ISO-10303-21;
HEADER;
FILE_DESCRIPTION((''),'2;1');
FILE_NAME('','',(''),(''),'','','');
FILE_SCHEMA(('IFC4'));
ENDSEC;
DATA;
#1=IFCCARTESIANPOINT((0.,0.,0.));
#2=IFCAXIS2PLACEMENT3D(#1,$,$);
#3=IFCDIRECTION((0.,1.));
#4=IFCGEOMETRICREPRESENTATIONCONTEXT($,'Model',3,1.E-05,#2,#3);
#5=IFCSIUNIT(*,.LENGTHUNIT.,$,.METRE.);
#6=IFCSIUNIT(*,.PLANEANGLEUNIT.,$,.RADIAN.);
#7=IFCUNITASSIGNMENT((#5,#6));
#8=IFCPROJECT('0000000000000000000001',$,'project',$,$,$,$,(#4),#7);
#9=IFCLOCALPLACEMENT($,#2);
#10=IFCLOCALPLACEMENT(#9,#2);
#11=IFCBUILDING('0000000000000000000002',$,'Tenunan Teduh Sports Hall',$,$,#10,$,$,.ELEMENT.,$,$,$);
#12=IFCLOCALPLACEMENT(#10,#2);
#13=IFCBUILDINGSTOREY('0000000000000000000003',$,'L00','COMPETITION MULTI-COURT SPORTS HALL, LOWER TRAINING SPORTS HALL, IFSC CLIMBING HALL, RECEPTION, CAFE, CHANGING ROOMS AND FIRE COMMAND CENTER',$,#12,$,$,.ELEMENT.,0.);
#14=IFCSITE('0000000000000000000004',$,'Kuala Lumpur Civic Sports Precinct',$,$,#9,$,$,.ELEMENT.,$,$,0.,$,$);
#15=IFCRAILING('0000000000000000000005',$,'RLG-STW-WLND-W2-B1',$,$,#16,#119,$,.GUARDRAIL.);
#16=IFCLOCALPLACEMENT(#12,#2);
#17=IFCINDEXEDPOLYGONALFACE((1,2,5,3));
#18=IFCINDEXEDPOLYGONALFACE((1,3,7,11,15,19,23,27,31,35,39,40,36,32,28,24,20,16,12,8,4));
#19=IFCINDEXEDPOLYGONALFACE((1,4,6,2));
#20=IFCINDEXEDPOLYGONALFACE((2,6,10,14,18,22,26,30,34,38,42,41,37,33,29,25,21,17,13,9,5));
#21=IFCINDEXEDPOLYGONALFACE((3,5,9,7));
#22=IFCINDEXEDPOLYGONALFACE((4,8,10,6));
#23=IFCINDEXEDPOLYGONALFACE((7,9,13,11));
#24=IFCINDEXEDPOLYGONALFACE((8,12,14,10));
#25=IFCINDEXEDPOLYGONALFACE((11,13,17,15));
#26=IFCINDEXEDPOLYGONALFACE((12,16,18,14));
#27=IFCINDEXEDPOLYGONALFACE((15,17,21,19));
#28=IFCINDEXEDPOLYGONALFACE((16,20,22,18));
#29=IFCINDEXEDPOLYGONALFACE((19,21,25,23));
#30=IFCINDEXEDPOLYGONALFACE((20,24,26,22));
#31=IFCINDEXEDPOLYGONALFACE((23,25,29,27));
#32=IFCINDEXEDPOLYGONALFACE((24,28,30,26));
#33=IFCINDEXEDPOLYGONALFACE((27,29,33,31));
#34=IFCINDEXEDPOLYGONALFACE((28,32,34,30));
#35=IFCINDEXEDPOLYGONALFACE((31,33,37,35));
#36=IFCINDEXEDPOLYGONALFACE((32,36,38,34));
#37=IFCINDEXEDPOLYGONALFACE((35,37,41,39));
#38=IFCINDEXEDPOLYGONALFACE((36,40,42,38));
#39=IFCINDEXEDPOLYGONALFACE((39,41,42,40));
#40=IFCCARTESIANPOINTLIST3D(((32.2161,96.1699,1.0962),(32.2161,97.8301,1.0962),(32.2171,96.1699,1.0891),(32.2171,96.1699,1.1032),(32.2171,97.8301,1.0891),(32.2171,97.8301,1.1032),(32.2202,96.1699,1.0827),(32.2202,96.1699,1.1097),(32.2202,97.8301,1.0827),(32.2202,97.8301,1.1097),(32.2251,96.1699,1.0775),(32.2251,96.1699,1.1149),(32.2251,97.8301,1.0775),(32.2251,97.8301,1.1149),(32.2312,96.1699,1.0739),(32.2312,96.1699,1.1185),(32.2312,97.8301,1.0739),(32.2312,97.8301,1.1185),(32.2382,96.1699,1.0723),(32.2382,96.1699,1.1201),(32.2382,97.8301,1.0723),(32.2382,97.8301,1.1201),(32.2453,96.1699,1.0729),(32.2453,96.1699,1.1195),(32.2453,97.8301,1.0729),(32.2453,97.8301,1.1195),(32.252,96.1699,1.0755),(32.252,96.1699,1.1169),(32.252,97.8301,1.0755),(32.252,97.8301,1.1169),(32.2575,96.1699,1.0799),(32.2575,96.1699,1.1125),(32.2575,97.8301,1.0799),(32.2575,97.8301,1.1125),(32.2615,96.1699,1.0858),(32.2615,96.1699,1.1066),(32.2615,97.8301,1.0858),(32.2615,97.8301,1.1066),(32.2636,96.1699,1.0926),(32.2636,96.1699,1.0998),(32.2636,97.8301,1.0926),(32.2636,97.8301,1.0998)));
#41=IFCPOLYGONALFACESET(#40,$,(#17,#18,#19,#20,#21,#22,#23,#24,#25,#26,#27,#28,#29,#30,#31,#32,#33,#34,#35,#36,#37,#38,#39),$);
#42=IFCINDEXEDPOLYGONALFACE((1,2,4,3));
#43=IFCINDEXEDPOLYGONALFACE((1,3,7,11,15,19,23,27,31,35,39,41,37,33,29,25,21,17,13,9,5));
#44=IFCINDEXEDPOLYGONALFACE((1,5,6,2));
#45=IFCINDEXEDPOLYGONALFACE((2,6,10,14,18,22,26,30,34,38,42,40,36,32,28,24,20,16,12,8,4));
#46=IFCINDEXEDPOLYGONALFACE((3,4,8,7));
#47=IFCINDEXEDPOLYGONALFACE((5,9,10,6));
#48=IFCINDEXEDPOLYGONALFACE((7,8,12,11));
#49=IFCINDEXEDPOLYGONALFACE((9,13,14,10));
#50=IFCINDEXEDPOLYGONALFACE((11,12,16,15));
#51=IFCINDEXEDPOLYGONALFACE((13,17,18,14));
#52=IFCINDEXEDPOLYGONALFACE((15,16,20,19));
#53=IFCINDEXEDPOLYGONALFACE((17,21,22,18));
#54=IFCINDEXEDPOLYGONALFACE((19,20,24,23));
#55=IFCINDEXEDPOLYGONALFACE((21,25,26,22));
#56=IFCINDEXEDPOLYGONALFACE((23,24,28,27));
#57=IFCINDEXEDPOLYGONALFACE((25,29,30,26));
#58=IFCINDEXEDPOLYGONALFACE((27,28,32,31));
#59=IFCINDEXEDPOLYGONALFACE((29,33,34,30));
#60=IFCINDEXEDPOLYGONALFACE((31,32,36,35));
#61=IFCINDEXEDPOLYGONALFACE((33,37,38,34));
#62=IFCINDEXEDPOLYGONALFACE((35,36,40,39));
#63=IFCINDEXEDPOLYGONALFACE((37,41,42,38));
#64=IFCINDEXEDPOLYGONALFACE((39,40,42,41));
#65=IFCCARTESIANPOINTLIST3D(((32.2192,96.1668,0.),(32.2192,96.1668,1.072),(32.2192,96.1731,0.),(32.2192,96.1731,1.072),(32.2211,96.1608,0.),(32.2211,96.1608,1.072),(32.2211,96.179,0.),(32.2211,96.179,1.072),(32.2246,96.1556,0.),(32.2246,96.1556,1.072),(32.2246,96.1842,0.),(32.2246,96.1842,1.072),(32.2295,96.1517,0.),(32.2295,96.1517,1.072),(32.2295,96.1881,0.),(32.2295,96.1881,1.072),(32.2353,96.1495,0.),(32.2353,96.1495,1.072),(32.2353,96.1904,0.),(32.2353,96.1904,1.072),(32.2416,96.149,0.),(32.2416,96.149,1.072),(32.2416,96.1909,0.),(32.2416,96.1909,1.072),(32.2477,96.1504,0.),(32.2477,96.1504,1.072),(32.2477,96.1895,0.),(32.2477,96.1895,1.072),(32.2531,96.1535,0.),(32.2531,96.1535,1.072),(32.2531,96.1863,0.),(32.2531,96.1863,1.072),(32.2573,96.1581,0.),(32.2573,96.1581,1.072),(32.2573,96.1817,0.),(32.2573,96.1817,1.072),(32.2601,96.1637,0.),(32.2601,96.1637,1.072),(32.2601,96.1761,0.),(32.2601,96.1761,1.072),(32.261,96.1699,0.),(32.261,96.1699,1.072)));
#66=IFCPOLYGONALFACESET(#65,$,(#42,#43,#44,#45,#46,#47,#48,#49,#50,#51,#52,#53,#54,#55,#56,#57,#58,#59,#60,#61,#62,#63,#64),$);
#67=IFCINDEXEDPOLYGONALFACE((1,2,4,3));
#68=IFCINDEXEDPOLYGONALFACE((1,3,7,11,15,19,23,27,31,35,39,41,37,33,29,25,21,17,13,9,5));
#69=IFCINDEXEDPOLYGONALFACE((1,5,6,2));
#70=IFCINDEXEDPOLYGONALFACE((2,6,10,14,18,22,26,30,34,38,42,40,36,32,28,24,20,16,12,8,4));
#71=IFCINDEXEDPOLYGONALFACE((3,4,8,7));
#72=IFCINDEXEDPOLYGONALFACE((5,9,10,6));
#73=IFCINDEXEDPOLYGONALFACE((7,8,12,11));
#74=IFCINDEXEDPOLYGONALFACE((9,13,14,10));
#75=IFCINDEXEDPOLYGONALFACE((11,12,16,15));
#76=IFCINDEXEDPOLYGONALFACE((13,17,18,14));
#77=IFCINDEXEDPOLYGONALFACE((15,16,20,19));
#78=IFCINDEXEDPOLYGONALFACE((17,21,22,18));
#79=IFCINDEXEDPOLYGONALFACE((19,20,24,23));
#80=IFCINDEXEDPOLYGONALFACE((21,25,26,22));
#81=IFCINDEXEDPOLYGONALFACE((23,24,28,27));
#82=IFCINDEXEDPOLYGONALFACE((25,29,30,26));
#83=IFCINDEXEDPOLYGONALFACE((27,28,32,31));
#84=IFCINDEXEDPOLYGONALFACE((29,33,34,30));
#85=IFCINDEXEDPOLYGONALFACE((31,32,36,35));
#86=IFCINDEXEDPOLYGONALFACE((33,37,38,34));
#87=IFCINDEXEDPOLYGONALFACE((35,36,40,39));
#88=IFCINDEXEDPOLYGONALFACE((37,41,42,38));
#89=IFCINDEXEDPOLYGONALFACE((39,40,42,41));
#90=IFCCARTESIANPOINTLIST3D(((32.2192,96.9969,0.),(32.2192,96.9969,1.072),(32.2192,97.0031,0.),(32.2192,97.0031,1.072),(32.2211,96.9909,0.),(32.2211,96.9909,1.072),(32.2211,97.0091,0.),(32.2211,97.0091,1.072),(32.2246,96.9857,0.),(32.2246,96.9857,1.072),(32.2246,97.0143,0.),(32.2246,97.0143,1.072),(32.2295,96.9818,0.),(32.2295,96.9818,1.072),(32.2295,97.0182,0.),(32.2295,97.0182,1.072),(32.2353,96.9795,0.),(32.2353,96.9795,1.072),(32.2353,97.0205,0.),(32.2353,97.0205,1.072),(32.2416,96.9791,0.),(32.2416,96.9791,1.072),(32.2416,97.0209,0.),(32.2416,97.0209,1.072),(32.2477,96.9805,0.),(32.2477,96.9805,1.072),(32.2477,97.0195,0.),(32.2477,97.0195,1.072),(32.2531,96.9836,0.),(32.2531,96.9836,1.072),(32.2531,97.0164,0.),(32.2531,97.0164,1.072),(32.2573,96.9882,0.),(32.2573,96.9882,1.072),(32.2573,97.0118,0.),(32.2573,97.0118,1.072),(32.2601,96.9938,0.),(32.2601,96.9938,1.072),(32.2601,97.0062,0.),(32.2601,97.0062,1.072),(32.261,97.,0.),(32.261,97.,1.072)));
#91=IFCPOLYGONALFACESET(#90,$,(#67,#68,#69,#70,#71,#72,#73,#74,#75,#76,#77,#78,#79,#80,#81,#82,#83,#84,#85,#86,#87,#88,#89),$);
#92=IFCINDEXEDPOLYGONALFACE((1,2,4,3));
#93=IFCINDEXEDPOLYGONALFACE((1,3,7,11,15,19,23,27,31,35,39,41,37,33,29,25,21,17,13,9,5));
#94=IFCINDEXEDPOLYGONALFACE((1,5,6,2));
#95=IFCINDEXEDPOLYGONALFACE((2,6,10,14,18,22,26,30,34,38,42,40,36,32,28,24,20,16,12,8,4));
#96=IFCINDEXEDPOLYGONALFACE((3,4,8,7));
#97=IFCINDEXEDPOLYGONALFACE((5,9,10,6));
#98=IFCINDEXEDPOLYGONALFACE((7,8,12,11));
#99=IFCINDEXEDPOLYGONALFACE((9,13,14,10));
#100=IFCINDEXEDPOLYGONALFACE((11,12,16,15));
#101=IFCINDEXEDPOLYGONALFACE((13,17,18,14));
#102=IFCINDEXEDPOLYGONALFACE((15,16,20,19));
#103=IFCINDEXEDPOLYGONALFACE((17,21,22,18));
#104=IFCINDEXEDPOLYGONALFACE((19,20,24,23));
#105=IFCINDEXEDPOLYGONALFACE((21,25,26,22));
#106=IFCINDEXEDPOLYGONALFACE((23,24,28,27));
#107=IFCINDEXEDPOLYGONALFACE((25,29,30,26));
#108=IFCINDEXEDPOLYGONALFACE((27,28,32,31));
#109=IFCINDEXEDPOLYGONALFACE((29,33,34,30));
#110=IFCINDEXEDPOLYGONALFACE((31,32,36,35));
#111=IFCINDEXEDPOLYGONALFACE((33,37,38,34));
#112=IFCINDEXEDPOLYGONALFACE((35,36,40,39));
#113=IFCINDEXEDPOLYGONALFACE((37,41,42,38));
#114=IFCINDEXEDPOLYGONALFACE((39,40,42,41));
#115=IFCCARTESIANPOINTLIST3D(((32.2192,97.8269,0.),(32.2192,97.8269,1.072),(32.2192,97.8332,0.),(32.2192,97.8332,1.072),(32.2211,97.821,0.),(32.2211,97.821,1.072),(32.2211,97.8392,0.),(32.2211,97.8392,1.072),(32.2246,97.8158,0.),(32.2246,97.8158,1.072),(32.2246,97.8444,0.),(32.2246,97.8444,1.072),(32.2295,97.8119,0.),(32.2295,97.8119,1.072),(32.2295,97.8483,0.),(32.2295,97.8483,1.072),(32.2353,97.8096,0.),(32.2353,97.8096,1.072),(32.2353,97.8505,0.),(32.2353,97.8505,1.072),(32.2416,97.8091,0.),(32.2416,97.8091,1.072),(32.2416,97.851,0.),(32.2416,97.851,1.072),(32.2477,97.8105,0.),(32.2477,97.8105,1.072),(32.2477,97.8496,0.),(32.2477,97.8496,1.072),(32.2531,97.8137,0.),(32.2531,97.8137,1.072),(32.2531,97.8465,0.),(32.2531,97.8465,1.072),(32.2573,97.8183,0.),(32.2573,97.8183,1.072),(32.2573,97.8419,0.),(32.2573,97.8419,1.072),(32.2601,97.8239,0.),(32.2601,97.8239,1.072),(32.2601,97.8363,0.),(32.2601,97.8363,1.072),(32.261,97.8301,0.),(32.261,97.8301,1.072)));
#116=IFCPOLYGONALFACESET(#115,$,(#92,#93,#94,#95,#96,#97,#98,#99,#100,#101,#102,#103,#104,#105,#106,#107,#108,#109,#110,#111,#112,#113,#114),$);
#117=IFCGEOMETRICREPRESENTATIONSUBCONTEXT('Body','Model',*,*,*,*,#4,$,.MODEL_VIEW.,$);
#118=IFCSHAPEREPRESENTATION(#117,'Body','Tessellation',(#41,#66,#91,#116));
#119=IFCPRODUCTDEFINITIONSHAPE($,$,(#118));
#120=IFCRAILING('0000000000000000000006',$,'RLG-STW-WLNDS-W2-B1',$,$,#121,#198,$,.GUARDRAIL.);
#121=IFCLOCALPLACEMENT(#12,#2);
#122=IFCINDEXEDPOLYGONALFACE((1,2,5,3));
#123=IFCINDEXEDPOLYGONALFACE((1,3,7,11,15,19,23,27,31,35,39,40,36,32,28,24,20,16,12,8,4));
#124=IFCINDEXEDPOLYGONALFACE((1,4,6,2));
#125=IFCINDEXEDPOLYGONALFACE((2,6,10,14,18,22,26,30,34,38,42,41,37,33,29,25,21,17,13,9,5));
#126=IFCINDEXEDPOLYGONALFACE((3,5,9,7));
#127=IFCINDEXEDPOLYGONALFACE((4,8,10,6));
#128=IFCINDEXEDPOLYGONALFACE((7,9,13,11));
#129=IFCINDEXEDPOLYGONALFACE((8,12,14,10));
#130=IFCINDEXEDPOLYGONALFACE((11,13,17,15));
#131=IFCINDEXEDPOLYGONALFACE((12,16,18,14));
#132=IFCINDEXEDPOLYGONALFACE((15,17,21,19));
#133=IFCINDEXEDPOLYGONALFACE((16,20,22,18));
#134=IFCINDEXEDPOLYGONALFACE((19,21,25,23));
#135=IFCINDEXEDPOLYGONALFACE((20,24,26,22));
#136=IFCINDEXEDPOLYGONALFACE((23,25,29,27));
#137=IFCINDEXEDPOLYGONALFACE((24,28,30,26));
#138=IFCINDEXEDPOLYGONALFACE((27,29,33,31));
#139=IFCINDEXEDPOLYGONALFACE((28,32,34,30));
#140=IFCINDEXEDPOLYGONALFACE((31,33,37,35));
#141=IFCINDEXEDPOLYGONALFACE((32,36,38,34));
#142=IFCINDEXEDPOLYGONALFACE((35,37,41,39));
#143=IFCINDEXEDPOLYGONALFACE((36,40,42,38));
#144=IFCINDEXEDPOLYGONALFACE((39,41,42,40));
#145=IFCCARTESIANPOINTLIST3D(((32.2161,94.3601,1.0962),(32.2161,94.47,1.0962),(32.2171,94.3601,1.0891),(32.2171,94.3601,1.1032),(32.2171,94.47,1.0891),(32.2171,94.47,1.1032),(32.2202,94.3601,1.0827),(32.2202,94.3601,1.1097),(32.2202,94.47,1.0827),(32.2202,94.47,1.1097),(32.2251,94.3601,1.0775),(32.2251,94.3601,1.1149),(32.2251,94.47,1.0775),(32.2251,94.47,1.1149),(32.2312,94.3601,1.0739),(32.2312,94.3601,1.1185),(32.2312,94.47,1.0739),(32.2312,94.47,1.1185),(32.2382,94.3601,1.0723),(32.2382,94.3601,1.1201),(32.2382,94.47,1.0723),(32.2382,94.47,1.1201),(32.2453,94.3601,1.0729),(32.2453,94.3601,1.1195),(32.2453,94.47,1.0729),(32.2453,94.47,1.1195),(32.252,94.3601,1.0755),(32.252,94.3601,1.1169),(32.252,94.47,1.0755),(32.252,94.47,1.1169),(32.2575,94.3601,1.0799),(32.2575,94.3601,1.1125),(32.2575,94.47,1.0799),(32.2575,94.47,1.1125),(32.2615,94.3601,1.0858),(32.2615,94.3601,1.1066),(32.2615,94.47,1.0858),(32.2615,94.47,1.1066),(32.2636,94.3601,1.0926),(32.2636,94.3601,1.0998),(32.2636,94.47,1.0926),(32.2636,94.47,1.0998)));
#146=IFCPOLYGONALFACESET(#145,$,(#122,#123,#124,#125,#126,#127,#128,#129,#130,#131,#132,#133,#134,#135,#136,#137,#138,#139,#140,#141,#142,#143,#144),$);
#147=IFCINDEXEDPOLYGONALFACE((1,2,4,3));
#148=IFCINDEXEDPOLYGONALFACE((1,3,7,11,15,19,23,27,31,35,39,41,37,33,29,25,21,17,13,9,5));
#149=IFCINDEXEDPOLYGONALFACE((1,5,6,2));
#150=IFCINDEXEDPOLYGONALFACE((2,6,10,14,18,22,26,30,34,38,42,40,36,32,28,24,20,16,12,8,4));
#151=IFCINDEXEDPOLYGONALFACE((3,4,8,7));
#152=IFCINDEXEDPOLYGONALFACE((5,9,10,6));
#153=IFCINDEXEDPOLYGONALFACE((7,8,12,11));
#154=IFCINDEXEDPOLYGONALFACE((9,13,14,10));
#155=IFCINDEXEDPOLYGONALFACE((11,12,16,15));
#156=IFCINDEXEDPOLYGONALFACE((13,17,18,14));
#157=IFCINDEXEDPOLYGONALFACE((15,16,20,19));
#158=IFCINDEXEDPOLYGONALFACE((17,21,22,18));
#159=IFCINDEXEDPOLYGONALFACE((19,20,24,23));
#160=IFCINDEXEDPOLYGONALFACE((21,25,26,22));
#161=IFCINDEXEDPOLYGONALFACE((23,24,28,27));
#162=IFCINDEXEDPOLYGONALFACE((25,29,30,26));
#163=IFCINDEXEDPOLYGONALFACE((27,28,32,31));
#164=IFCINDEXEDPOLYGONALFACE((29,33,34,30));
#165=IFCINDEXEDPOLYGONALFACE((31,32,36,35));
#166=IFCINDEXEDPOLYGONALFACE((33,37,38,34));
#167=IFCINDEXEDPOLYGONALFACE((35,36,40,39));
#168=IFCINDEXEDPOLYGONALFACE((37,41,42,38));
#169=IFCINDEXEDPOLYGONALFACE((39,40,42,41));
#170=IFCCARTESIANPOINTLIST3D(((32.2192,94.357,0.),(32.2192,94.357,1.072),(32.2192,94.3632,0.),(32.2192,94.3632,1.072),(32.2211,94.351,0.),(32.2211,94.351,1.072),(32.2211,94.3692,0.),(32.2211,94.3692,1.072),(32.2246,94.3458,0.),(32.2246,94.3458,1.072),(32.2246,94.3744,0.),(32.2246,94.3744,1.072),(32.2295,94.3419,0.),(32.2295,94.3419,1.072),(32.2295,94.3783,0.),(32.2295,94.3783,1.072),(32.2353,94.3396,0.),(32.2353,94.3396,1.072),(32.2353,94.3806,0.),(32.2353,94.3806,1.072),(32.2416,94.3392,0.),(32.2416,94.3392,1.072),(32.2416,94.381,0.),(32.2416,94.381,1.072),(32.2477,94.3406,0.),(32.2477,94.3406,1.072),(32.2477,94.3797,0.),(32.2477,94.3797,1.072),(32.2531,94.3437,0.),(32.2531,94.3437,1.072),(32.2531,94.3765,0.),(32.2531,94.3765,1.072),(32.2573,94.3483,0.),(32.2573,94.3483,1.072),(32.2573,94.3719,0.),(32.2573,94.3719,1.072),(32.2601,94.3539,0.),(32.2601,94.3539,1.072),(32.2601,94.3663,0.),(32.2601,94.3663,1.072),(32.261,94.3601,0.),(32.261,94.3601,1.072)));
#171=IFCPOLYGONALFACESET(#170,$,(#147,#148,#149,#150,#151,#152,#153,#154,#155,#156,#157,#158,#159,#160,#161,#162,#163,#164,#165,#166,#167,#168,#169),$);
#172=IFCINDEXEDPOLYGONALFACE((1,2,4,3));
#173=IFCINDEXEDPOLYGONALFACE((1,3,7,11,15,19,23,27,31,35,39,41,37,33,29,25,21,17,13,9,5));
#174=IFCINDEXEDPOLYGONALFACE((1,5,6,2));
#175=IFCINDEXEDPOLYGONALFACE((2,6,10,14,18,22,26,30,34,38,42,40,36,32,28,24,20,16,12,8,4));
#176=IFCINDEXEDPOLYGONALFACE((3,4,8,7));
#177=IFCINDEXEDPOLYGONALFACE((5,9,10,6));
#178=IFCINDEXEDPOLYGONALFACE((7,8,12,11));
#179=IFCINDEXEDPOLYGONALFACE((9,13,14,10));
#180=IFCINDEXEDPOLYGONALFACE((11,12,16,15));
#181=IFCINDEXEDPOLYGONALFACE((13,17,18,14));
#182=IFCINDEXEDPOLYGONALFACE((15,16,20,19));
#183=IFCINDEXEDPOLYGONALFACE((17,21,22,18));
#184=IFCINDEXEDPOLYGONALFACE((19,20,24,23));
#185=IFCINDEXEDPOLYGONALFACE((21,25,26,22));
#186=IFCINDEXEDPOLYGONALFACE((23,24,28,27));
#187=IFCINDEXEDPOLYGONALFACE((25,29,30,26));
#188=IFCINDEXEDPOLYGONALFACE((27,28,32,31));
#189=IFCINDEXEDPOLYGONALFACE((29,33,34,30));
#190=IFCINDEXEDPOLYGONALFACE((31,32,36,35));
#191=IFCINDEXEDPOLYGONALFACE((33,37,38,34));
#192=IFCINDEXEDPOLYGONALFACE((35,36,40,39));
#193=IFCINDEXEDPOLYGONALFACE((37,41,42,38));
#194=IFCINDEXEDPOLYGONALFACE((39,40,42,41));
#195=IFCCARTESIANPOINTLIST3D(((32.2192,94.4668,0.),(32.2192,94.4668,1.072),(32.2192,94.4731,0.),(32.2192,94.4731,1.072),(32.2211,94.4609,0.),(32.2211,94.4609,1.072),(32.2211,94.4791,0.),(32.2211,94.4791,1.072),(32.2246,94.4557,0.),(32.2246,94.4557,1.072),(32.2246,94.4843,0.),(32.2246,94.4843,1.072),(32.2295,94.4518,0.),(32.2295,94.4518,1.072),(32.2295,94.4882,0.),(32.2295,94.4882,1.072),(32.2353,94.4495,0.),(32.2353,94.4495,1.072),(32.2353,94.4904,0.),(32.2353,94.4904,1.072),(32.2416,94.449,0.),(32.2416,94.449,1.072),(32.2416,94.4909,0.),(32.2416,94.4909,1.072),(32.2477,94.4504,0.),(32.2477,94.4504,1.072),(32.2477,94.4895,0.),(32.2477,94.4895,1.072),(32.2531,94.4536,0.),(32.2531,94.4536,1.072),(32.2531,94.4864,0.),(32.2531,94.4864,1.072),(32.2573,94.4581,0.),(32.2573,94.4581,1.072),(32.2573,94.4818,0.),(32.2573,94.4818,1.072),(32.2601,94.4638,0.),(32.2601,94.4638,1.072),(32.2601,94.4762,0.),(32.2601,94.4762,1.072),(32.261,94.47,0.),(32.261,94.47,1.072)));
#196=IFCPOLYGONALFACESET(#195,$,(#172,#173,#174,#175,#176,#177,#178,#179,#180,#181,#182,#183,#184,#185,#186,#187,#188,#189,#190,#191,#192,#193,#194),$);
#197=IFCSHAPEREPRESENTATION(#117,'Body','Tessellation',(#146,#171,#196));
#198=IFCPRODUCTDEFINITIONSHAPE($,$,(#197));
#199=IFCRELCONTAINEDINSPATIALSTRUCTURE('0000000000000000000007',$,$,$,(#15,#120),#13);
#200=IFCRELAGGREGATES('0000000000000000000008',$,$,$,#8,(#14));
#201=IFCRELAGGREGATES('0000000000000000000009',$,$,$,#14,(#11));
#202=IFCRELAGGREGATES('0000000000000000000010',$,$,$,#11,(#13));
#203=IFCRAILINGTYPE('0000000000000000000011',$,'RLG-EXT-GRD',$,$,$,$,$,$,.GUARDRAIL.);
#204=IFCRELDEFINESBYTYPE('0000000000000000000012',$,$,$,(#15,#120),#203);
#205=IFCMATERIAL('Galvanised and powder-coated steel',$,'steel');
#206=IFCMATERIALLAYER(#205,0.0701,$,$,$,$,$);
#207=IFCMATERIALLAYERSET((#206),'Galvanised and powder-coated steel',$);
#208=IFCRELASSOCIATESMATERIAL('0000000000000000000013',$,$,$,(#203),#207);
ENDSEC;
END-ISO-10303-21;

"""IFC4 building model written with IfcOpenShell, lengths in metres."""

from ifc_helpers import new_model, si_unit, direction, frame, origin, origin_2d, place, context, subcontext, project, spatial, circle, extrude, material, layer, layer_set, type_object, element, save


model = new_model("IFC4")

# Units and contexts
model_context = context("Model", 3, precision=1e-05, world=origin(), true_north=direction((0.0, 1.0)))
body_context = subcontext(model_context, "Body", "Model", "MODEL_VIEW")
ifc_project = project(units=[si_unit("LENGTHUNIT", "METRE"), si_unit("PLANEANGLEUNIT", "RADIAN")], contexts=[model_context])

# Site, building, storey
site_placement = place(None, origin())
site = spatial("IfcSite", under=ifc_project, at=site_placement, Name="Kuala Lumpur Civic Sports Precinct", CompositionType="ELEMENT", RefElevation=0.0)
building_placement = place(site_placement, origin())
building = spatial("IfcBuilding", under=site, at=building_placement, Name="Tenunan Teduh Sports Hall", CompositionType="ELEMENT")
storey_placement = place(building_placement, origin())
storey = spatial("IfcBuildingStorey", under=building, at=storey_placement, Name="L00", Description="COMPETITION MULTI-COURT SPORTS HALL, LOWER TRAINING SPORTS HALL, IFSC CLIMBING HALL, RECEPTION, CAFE, CHANGING ROOMS AND FIRE COMMAND CENTER", CompositionType="ELEMENT", Elevation=0.0)

# Railings
ifc_material_1 = material(Name="Galvanised and powder-coated steel", Category="steel")
ifc_layer_1 = layer(ifc_material_1, 0.0701)
ifc_layer_set_1 = layer_set([ifc_layer_1], Name="Galvanised and powder-coated steel")
railing_type_1 = type_object("IfcRailingType", Name="RLG-EXT-GRD", PredefinedType="GUARDRAIL", material=ifc_layer_set_1)
railing_1_placement = place(storey_placement, frame((32.24, 96.1699, 0.0)))
element("IfcRailing", 1, at=railing_1_placement, inside=storey, type_object=railing_type_1, Name="RLG-STW-WLND-W2-B1", PredefinedType="GUARDRAIL", context=body_context, shape_type="SweptSolid", body=[
    extrude(circle(Radius=0.0239, at=origin_2d()), frame((0.0, 0.0, 1.0962), z_axis=(0.0, 1.0, 0.0), x_axis=(-1.0, 0.0, 0.0)), (0.0, 0.0, 1.0), 1.6602),
    extrude(circle(Radius=0.021, at=origin_2d()), origin(), (0.0, 0.0, 1.0), 1.072),
    extrude(circle(Radius=0.021, at=origin_2d()), frame((0.0, 0.8301, 0.0)), (0.0, 0.0, 1.0), 1.072),
    extrude(circle(Radius=0.021, at=origin_2d()), frame((0.0, 1.6602, 0.0)), (0.0, 0.0, 1.0), 1.072),
])
for number, where, name in (
    (2, (32.24, 94.3601, 0.0), "RLG-STW-WLNDS-W2-B1"),
):
    element("IfcRailing", number, at=place(storey_placement, frame(where)), inside=storey, type_object=railing_type_1, Name=name, PredefinedType="GUARDRAIL", context=body_context, shape_type="SweptSolid", body=[
        extrude(circle(Radius=0.0239, at=origin_2d()), frame((0.0, 0.0, 1.0962), z_axis=(0.0, 1.0, 0.0), x_axis=(-1.0, 0.0, 0.0)), (0.0, 0.0, 1.0), 0.1099),
        extrude(circle(Radius=0.021, at=origin_2d()), origin(), (0.0, 0.0, 1.0), 1.072),
        extrude(circle(Radius=0.021, at=origin_2d()), frame((0.0, 0.1099, 0.0)), (0.0, 0.0, 1.0), 1.072),
    ])

save(model, "model.ifc")
